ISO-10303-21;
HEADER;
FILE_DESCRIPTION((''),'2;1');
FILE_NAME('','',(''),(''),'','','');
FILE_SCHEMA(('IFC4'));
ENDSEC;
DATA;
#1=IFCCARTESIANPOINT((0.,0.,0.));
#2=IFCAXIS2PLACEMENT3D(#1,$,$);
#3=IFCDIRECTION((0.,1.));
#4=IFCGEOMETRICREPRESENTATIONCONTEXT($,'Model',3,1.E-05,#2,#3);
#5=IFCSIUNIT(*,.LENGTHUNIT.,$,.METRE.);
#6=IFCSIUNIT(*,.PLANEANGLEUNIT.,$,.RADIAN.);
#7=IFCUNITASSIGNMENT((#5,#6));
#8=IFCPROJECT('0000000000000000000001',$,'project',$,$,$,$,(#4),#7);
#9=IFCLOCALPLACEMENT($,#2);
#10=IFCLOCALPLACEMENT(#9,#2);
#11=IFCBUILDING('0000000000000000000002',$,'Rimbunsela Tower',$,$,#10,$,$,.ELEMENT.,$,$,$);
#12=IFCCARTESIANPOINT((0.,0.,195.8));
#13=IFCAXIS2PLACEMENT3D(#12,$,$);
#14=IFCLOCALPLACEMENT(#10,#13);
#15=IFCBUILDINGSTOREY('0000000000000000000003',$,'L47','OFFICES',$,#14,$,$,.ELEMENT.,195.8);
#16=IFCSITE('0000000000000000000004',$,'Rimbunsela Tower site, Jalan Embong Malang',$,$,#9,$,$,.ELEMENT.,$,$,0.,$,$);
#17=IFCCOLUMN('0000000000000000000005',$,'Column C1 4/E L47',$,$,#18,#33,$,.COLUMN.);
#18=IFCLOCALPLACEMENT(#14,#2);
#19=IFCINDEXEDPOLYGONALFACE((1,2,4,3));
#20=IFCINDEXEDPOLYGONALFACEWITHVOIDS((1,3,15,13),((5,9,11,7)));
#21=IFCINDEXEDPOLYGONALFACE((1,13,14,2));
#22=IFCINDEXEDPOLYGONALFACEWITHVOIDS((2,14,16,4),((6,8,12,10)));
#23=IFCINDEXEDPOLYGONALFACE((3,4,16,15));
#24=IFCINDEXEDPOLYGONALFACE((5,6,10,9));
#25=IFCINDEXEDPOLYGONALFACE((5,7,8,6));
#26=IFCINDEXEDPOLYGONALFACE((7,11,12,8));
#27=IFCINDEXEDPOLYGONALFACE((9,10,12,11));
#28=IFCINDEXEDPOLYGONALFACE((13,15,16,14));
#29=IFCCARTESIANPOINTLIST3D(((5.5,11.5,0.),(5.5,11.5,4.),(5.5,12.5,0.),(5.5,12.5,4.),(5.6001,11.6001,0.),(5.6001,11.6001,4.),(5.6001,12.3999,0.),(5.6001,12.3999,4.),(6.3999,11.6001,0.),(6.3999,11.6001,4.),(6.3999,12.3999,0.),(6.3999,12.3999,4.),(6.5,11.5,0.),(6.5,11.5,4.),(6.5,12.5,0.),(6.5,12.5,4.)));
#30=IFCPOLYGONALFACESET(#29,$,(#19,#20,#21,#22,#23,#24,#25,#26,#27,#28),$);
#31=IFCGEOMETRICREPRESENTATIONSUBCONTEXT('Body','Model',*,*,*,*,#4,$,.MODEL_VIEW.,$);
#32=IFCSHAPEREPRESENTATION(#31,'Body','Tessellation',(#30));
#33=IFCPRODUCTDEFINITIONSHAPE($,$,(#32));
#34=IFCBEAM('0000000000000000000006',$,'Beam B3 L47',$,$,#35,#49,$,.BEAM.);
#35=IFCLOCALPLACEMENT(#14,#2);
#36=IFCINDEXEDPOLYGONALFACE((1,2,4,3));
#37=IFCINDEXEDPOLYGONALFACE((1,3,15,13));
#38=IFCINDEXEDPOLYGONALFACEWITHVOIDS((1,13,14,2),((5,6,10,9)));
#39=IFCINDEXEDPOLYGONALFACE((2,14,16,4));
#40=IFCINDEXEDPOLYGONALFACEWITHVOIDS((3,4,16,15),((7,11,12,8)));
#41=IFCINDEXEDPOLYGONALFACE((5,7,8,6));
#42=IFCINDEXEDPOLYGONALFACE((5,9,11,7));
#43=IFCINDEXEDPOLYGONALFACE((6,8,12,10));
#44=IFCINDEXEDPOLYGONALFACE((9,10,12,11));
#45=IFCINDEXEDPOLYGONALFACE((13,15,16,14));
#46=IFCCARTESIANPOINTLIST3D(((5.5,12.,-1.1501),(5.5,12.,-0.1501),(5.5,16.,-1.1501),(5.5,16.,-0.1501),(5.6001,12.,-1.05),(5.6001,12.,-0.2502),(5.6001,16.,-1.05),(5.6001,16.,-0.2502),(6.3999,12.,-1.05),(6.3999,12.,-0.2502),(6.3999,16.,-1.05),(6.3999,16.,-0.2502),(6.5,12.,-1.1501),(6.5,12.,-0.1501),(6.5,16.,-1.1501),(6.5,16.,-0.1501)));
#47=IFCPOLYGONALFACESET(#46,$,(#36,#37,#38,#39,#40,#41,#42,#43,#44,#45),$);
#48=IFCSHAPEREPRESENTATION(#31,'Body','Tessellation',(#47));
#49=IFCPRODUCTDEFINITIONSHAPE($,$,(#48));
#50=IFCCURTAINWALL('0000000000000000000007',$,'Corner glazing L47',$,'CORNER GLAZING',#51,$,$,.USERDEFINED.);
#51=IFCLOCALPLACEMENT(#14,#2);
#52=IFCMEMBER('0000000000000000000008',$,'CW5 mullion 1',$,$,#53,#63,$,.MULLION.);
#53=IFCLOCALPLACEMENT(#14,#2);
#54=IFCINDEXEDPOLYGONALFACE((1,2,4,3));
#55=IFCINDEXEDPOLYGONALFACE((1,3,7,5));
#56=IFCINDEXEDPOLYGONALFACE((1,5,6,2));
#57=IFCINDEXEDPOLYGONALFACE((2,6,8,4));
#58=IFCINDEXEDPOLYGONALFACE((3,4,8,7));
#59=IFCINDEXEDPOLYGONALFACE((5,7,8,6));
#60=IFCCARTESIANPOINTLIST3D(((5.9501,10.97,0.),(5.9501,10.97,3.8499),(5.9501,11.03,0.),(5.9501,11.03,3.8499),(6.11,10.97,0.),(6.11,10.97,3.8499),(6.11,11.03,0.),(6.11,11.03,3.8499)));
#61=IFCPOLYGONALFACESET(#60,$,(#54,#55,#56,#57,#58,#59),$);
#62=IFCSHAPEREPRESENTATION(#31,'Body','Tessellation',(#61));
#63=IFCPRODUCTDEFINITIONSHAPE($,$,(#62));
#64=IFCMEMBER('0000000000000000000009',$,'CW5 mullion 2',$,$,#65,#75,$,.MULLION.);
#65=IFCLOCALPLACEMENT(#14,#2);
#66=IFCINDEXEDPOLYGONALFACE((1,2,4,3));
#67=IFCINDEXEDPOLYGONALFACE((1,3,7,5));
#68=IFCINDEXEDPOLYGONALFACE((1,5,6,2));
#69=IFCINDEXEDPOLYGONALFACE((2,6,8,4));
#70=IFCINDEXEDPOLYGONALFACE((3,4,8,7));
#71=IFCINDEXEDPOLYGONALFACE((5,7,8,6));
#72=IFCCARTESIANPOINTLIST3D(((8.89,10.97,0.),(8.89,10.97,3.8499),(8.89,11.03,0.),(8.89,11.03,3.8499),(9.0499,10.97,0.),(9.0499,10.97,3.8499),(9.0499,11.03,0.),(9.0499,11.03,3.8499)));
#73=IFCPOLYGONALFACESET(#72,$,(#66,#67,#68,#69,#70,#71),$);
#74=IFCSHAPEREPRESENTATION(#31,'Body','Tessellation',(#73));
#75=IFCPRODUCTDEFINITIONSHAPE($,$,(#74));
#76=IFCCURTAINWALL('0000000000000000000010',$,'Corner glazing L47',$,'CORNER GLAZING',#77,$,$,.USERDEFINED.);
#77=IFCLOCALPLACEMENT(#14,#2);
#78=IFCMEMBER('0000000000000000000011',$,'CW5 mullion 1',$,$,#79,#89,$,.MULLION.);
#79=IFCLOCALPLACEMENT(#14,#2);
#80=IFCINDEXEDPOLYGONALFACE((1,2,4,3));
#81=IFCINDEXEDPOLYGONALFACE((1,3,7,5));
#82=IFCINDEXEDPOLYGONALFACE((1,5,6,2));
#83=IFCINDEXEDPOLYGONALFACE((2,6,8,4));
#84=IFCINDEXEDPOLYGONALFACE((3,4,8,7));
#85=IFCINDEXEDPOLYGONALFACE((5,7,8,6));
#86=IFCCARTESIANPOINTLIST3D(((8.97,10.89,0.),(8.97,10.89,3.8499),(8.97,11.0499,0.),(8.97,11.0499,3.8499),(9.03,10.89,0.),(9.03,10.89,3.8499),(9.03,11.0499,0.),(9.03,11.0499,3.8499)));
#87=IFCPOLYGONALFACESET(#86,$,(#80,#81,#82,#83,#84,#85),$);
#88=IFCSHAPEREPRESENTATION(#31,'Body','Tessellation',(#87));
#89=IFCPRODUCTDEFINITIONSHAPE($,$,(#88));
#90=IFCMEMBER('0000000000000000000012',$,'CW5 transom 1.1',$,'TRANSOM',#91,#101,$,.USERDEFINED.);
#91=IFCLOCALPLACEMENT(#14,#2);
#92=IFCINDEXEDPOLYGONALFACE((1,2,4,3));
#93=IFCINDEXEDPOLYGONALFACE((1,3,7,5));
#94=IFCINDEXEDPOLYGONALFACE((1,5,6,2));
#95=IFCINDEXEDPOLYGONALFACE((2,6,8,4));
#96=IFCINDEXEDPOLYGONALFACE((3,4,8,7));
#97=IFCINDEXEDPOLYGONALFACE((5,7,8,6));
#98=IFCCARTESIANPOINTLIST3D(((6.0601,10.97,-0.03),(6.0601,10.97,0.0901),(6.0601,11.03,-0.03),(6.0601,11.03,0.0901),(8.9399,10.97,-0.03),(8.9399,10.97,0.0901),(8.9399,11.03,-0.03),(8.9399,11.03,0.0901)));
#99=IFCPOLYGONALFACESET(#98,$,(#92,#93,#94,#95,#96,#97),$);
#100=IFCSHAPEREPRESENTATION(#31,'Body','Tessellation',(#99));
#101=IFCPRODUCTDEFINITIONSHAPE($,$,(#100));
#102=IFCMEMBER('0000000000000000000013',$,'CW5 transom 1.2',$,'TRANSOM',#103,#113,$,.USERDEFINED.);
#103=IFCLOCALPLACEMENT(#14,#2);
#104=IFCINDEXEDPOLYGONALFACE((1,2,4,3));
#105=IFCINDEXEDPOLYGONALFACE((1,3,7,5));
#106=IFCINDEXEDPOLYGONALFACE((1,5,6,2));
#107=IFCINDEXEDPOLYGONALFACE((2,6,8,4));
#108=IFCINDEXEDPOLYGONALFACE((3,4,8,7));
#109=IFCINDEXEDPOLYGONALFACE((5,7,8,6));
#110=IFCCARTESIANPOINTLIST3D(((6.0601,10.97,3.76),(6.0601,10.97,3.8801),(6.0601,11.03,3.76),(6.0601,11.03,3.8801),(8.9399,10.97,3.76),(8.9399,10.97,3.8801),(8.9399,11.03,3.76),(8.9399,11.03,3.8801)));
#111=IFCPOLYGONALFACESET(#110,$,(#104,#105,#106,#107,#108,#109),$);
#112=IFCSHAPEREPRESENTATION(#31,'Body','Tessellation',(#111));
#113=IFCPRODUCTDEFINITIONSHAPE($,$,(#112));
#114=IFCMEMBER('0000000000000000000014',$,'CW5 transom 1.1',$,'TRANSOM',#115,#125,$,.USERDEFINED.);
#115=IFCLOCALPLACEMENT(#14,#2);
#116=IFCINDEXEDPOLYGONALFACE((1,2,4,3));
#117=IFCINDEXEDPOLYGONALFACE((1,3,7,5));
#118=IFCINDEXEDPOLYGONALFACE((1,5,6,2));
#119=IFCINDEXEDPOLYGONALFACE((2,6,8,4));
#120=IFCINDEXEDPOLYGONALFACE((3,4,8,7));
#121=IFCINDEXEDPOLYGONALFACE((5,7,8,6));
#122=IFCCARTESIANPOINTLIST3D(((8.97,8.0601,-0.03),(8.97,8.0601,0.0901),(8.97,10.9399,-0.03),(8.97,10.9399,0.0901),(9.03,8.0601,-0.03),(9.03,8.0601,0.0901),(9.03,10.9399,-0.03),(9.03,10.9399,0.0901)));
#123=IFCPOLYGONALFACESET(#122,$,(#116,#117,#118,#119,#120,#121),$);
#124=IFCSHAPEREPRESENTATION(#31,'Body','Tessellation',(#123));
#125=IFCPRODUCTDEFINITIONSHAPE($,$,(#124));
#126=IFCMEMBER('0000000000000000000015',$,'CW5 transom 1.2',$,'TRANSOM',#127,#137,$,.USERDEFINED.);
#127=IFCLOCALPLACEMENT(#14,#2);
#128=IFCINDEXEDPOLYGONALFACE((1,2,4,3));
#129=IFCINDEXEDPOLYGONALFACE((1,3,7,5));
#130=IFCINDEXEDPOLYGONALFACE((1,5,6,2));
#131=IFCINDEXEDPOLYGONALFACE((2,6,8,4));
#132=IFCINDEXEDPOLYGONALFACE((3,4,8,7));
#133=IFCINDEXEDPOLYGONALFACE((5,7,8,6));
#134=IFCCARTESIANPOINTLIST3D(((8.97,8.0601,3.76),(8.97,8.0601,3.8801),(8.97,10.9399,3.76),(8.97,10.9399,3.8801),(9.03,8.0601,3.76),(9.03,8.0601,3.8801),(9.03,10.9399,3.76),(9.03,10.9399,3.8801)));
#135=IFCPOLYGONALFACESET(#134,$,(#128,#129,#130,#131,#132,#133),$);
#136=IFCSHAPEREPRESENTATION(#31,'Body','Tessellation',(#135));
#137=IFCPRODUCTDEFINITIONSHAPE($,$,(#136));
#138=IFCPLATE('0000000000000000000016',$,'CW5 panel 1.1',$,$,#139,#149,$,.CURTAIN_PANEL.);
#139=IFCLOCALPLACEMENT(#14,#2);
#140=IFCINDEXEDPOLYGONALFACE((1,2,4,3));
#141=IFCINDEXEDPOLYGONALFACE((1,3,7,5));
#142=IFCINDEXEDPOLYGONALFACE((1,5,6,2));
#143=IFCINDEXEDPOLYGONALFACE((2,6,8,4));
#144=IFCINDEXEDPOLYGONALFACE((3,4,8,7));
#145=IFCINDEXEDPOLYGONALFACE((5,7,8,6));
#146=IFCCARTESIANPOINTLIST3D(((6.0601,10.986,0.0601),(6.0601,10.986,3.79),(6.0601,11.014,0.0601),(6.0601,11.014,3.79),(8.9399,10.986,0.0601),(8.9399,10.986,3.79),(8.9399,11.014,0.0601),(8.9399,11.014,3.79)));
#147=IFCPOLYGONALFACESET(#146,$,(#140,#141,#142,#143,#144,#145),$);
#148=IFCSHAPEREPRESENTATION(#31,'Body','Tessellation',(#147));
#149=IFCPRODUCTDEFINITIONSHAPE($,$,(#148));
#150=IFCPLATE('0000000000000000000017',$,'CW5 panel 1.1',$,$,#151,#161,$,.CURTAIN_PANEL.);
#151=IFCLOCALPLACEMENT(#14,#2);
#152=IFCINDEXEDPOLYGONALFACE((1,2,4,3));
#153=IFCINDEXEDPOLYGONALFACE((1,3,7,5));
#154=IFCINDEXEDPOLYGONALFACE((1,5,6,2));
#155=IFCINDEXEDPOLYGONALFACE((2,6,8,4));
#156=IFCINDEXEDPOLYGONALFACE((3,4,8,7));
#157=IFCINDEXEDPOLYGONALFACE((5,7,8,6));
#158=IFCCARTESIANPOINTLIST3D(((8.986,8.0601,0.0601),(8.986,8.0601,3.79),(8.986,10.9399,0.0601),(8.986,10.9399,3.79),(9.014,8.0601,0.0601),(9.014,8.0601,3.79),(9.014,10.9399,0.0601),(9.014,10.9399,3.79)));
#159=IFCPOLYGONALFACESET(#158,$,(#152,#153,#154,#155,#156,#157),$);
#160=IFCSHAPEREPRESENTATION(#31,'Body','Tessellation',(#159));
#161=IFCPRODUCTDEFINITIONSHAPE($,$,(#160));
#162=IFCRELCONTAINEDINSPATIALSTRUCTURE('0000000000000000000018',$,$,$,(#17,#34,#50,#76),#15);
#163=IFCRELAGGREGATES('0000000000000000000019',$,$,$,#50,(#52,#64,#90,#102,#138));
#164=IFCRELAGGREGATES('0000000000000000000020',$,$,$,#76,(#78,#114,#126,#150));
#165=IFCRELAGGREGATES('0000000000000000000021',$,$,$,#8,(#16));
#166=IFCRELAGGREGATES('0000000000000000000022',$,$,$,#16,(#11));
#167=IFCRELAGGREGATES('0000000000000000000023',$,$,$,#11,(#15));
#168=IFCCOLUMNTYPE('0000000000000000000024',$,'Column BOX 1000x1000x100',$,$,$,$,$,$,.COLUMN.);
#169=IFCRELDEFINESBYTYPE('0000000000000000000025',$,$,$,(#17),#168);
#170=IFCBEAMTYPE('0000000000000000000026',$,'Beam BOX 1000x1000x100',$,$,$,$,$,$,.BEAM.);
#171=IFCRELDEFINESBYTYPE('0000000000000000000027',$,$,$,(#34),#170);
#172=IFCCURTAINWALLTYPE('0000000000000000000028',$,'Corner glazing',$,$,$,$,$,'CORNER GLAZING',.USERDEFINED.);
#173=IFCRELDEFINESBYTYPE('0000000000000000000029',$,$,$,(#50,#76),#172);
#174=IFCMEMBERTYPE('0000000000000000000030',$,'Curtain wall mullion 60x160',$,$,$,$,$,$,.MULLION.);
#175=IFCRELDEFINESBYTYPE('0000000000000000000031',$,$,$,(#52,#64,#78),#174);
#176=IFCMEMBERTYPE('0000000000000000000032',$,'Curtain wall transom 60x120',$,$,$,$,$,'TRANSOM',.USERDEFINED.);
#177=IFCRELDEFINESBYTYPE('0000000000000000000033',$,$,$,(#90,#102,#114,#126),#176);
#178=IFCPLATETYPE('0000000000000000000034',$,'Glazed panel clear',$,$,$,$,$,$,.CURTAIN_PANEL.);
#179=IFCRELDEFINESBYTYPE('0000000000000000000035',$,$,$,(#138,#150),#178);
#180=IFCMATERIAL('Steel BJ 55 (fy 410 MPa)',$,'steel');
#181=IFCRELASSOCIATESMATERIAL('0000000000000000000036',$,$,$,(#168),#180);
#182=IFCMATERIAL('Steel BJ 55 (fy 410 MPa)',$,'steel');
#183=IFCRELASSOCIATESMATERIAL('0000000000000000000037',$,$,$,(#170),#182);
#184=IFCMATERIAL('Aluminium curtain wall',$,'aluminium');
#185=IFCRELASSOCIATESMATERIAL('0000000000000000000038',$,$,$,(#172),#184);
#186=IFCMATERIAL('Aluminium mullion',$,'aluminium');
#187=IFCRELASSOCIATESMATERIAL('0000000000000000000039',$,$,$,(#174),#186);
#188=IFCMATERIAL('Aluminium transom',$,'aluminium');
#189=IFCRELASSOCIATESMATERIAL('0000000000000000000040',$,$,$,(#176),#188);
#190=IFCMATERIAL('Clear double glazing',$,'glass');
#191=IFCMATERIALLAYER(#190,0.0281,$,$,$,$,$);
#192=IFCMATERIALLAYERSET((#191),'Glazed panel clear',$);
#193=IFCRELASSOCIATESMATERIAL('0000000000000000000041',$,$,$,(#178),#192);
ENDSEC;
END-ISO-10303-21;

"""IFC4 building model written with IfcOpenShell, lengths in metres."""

from ifc_helpers import new_model, si_unit, direction, frame, origin, origin_2d, place, context, subcontext, project, spatial, rectangle, hollow_rectangle, extrude, material, layer, layer_set, material_profile, profile_set, type_object, element, aggregate, save


model = new_model("IFC4")

# Units and contexts
model_context = context("Model", 3, precision=1e-05, world=origin(), true_north=direction((0.0, 1.0)))
body_context = subcontext(model_context, "Body", "Model", "MODEL_VIEW")
ifc_project = project(units=[si_unit("LENGTHUNIT", "METRE"), si_unit("PLANEANGLEUNIT", "RADIAN")], contexts=[model_context])

# Site, building, storey
site_placement = place(None, origin())
site = spatial("IfcSite", under=ifc_project, at=site_placement, Name="Rimbunsela Tower site, Jalan Embong Malang", CompositionType="ELEMENT", RefElevation=0.0)
building_placement = place(site_placement, origin())
building = spatial("IfcBuilding", under=site, at=building_placement, Name="Rimbunsela Tower", CompositionType="ELEMENT")
storey_placement = place(building_placement, frame((0.0, 0.0, 195.8)))
storey = spatial("IfcBuildingStorey", under=building, at=storey_placement, Name="L47", Description="OFFICES", CompositionType="ELEMENT", Elevation=195.8)

# Column
ifc_material_1 = material(Name="Steel BJ 55 (fy 410 MPa)", Category="steel")
ifc_material_profile_1 = material_profile(ifc_material_1, hollow_rectangle(XDim=1.0, YDim=1.0, WallThickness=0.1001, at=origin_2d()), Name="BOX 1000x1000x100")
ifc_profile_set_1 = profile_set([ifc_material_profile_1], Name="Steel BJ 55 (fy 410 MPa)")
column_type = type_object("IfcColumnType", Name="Column BOX 1000x1000x100", PredefinedType="COLUMN", material=ifc_profile_set_1)
column_placement = place(storey_placement, frame((6.0, 12.0, 0.0), z_axis=(0.0, 0.0, 1.0), x_axis=(1.0, 0.0, 0.0)))
element("IfcColumn", 1, at=column_placement, inside=storey, type_object=column_type, Name="Column C1 4/E L47", PredefinedType="COLUMN", context=body_context, shape_type="SweptSolid", body=[
    extrude(hollow_rectangle(XDim=1.0, YDim=1.0, WallThickness=0.1001, at=origin_2d()), origin(), (0.0, 0.0, 1.0), 4.0),
])

# Beam
ifc_material_2 = material(Name="Steel BJ 55 (fy 410 MPa)", Category="steel")
ifc_material_profile_2 = material_profile(ifc_material_2, hollow_rectangle(XDim=1.0, YDim=1.0, WallThickness=0.1001, at=origin_2d()), Name="BOX 1000x1000x100")
ifc_profile_set_2 = profile_set([ifc_material_profile_2], Name="Steel BJ 55 (fy 410 MPa)")
beam_type = type_object("IfcBeamType", Name="Beam BOX 1000x1000x100", PredefinedType="BEAM", material=ifc_profile_set_2)
beam_placement = place(storey_placement, frame((6.0, 12.0, -0.6501), z_axis=(0.0, 1.0, 0.0), x_axis=(-1.0, 0.0, 0.0)))
element("IfcBeam", 2, at=beam_placement, inside=storey, type_object=beam_type, Name="Beam B3 L47", PredefinedType="BEAM", context=body_context, shape_type="SweptSolid", body=[
    extrude(hollow_rectangle(XDim=1.0, YDim=1.0, WallThickness=0.1001, at=origin_2d()), origin(), (0.0, 0.0, 1.0), 4.0),
])

# Curtain wall, members
ifc_material_3 = material(Name="Aluminium curtain wall", Category="aluminium")
curtain_wall_type = type_object("IfcCurtainWallType", Name="Corner glazing", ElementType="CORNER GLAZING", PredefinedType="USERDEFINED", material=ifc_material_3)
curtain_wall_1_placement = place(storey_placement, origin())
curtain_wall_1 = element("IfcCurtainWall", 3, at=curtain_wall_1_placement, inside=storey, type_object=curtain_wall_type, Name="Corner glazing L47", ObjectType="CORNER GLAZING", PredefinedType="USERDEFINED")
ifc_material_4 = material(Name="Aluminium mullion", Category="aluminium")
ifc_material_profile_3 = material_profile(ifc_material_4, rectangle(XDim=0.0601, YDim=0.1599, at=origin_2d()), Name="Mullion 60x160")
ifc_profile_set_3 = profile_set([ifc_material_profile_3], Name="Aluminium mullion")
member_type_1 = type_object("IfcMemberType", Name="Curtain wall mullion 60x160", PredefinedType="MULLION", material=ifc_profile_set_3)
member_1_placement = place(storey_placement, frame((6.03, 11.0, 0.0), z_axis=(0.0, 0.0, 1.0), x_axis=(0.0, 1.0, 0.0)))
member_1 = element("IfcMember", 4, at=member_1_placement, type_object=member_type_1, Name="CW5 mullion 1", PredefinedType="MULLION", context=body_context, shape_type="SweptSolid", body=[
    extrude(rectangle(XDim=0.0601, YDim=0.1599, at=origin_2d()), origin(), (0.0, 0.0, 1.0), 3.8499),
])
member_2_placement = place(storey_placement, frame((8.97, 11.0, 0.0), z_axis=(0.0, 0.0, 1.0), x_axis=(0.0, 1.0, 0.0)))
member_2 = element("IfcMember", 5, at=member_2_placement, type_object=member_type_1, Name="CW5 mullion 2", PredefinedType="MULLION", context=body_context, shape_type="SweptSolid", body=[
    extrude(rectangle(XDim=0.0601, YDim=0.1599, at=origin_2d()), origin(), (0.0, 0.0, 1.0), 3.8499),
])

# Curtain wall, member
curtain_wall_2_placement = place(storey_placement, origin())
curtain_wall_2 = element("IfcCurtainWall", 6, at=curtain_wall_2_placement, inside=storey, type_object=curtain_wall_type, Name="Corner glazing L47", ObjectType="CORNER GLAZING", PredefinedType="USERDEFINED")
member_3_placement = place(storey_placement, frame((9.0, 10.97, 0.0), z_axis=(0.0, 0.0, 1.0), x_axis=(1.0, 0.0, 0.0)))
member_3 = element("IfcMember", 7, at=member_3_placement, type_object=member_type_1, Name="CW5 mullion 1", PredefinedType="MULLION", context=body_context, shape_type="SweptSolid", body=[
    extrude(rectangle(XDim=0.0601, YDim=0.1599, at=origin_2d()), origin(), (0.0, 0.0, 1.0), 3.8499),
])

# Members
ifc_material_5 = material(Name="Aluminium transom", Category="aluminium")
ifc_material_profile_4 = material_profile(ifc_material_5, rectangle(XDim=0.0601, YDim=0.1201, at=origin_2d()), Name="Transom 60x120")
ifc_profile_set_4 = profile_set([ifc_material_profile_4], Name="Aluminium transom")
member_type_2 = type_object("IfcMemberType", Name="Curtain wall transom 60x120", ElementType="TRANSOM", PredefinedType="USERDEFINED", material=ifc_profile_set_4)
member_4_placement = place(storey_placement, frame((6.0601, 11.0, 0.03), z_axis=(1.0, 0.0, 0.0), x_axis=(0.0, 1.0, 0.0)))
member_4 = element("IfcMember", 8, at=member_4_placement, type_object=member_type_2, Name="CW5 transom 1.1", ObjectType="TRANSOM", PredefinedType="USERDEFINED", context=body_context, shape_type="SweptSolid", body=[
    extrude(rectangle(XDim=0.0601, YDim=0.1201, at=origin_2d()), origin(), (0.0, 0.0, 1.0), 2.8799),
])
member_5_placement = place(storey_placement, frame((6.0601, 11.0, 3.8201), z_axis=(1.0, 0.0, 0.0), x_axis=(0.0, 1.0, 0.0)))
member_5 = element("IfcMember", 9, at=member_5_placement, type_object=member_type_2, Name="CW5 transom 1.2", ObjectType="TRANSOM", PredefinedType="USERDEFINED", context=body_context, shape_type="SweptSolid", body=[
    extrude(rectangle(XDim=0.0601, YDim=0.1201, at=origin_2d()), origin(), (0.0, 0.0, 1.0), 2.8799),
])
member_6_placement = place(storey_placement, frame((9.0, 10.9399, 0.03), z_axis=(0.0, -1.0, 0.0), x_axis=(1.0, 0.0, 0.0)))
member_6 = element("IfcMember", 10, at=member_6_placement, type_object=member_type_2, Name="CW5 transom 1.1", ObjectType="TRANSOM", PredefinedType="USERDEFINED", context=body_context, shape_type="SweptSolid", body=[
    extrude(rectangle(XDim=0.0601, YDim=0.1201, at=origin_2d()), origin(), (0.0, 0.0, 1.0), 2.8799),
])
member_7_placement = place(storey_placement, frame((9.0, 10.9399, 3.8201), z_axis=(0.0, -1.0, 0.0), x_axis=(1.0, 0.0, 0.0)))
member_7 = element("IfcMember", 11, at=member_7_placement, type_object=member_type_2, Name="CW5 transom 1.2", ObjectType="TRANSOM", PredefinedType="USERDEFINED", context=body_context, shape_type="SweptSolid", body=[
    extrude(rectangle(XDim=0.0601, YDim=0.1201, at=origin_2d()), origin(), (0.0, 0.0, 1.0), 2.8799),
])

# Plates
ifc_material_6 = material(Name="Clear double glazing", Category="glass")
ifc_layer_1 = layer(ifc_material_6, 0.0281)
ifc_layer_set_1 = layer_set([ifc_layer_1], Name="Glazed panel clear")
plate_type = type_object("IfcPlateType", Name="Glazed panel clear", PredefinedType="CURTAIN_PANEL", material=ifc_layer_set_1)
plate_1_placement = place(storey_placement, frame((7.5, 11.0, 0.0601), z_axis=(0.0, 0.0, 1.0), x_axis=(1.0, 0.0, 0.0)))
plate_1 = element("IfcPlate", 12, at=plate_1_placement, type_object=plate_type, Name="CW5 panel 1.1", PredefinedType="CURTAIN_PANEL", context=body_context, shape_type="SweptSolid", body=[
    extrude(rectangle(XDim=2.8799, YDim=0.0281, at=origin_2d()), origin(), (0.0, 0.0, 1.0), 3.73),
])
aggregate(curtain_wall_1, [member_1, member_2, member_4, member_5, plate_1])
plate_2_placement = place(storey_placement, frame((9.0, 9.5, 0.0601), z_axis=(0.0, 0.0, 1.0), x_axis=(0.0, -1.0, 0.0)))
plate_2 = element("IfcPlate", 13, at=plate_2_placement, type_object=plate_type, Name="CW5 panel 1.1", PredefinedType="CURTAIN_PANEL", context=body_context, shape_type="SweptSolid", body=[
    extrude(rectangle(XDim=2.8799, YDim=0.0281, at=origin_2d()), origin(), (0.0, 0.0, 1.0), 3.73),
])
aggregate(curtain_wall_2, [member_3, member_6, member_7, plate_2])

save(model, "model.ifc")
